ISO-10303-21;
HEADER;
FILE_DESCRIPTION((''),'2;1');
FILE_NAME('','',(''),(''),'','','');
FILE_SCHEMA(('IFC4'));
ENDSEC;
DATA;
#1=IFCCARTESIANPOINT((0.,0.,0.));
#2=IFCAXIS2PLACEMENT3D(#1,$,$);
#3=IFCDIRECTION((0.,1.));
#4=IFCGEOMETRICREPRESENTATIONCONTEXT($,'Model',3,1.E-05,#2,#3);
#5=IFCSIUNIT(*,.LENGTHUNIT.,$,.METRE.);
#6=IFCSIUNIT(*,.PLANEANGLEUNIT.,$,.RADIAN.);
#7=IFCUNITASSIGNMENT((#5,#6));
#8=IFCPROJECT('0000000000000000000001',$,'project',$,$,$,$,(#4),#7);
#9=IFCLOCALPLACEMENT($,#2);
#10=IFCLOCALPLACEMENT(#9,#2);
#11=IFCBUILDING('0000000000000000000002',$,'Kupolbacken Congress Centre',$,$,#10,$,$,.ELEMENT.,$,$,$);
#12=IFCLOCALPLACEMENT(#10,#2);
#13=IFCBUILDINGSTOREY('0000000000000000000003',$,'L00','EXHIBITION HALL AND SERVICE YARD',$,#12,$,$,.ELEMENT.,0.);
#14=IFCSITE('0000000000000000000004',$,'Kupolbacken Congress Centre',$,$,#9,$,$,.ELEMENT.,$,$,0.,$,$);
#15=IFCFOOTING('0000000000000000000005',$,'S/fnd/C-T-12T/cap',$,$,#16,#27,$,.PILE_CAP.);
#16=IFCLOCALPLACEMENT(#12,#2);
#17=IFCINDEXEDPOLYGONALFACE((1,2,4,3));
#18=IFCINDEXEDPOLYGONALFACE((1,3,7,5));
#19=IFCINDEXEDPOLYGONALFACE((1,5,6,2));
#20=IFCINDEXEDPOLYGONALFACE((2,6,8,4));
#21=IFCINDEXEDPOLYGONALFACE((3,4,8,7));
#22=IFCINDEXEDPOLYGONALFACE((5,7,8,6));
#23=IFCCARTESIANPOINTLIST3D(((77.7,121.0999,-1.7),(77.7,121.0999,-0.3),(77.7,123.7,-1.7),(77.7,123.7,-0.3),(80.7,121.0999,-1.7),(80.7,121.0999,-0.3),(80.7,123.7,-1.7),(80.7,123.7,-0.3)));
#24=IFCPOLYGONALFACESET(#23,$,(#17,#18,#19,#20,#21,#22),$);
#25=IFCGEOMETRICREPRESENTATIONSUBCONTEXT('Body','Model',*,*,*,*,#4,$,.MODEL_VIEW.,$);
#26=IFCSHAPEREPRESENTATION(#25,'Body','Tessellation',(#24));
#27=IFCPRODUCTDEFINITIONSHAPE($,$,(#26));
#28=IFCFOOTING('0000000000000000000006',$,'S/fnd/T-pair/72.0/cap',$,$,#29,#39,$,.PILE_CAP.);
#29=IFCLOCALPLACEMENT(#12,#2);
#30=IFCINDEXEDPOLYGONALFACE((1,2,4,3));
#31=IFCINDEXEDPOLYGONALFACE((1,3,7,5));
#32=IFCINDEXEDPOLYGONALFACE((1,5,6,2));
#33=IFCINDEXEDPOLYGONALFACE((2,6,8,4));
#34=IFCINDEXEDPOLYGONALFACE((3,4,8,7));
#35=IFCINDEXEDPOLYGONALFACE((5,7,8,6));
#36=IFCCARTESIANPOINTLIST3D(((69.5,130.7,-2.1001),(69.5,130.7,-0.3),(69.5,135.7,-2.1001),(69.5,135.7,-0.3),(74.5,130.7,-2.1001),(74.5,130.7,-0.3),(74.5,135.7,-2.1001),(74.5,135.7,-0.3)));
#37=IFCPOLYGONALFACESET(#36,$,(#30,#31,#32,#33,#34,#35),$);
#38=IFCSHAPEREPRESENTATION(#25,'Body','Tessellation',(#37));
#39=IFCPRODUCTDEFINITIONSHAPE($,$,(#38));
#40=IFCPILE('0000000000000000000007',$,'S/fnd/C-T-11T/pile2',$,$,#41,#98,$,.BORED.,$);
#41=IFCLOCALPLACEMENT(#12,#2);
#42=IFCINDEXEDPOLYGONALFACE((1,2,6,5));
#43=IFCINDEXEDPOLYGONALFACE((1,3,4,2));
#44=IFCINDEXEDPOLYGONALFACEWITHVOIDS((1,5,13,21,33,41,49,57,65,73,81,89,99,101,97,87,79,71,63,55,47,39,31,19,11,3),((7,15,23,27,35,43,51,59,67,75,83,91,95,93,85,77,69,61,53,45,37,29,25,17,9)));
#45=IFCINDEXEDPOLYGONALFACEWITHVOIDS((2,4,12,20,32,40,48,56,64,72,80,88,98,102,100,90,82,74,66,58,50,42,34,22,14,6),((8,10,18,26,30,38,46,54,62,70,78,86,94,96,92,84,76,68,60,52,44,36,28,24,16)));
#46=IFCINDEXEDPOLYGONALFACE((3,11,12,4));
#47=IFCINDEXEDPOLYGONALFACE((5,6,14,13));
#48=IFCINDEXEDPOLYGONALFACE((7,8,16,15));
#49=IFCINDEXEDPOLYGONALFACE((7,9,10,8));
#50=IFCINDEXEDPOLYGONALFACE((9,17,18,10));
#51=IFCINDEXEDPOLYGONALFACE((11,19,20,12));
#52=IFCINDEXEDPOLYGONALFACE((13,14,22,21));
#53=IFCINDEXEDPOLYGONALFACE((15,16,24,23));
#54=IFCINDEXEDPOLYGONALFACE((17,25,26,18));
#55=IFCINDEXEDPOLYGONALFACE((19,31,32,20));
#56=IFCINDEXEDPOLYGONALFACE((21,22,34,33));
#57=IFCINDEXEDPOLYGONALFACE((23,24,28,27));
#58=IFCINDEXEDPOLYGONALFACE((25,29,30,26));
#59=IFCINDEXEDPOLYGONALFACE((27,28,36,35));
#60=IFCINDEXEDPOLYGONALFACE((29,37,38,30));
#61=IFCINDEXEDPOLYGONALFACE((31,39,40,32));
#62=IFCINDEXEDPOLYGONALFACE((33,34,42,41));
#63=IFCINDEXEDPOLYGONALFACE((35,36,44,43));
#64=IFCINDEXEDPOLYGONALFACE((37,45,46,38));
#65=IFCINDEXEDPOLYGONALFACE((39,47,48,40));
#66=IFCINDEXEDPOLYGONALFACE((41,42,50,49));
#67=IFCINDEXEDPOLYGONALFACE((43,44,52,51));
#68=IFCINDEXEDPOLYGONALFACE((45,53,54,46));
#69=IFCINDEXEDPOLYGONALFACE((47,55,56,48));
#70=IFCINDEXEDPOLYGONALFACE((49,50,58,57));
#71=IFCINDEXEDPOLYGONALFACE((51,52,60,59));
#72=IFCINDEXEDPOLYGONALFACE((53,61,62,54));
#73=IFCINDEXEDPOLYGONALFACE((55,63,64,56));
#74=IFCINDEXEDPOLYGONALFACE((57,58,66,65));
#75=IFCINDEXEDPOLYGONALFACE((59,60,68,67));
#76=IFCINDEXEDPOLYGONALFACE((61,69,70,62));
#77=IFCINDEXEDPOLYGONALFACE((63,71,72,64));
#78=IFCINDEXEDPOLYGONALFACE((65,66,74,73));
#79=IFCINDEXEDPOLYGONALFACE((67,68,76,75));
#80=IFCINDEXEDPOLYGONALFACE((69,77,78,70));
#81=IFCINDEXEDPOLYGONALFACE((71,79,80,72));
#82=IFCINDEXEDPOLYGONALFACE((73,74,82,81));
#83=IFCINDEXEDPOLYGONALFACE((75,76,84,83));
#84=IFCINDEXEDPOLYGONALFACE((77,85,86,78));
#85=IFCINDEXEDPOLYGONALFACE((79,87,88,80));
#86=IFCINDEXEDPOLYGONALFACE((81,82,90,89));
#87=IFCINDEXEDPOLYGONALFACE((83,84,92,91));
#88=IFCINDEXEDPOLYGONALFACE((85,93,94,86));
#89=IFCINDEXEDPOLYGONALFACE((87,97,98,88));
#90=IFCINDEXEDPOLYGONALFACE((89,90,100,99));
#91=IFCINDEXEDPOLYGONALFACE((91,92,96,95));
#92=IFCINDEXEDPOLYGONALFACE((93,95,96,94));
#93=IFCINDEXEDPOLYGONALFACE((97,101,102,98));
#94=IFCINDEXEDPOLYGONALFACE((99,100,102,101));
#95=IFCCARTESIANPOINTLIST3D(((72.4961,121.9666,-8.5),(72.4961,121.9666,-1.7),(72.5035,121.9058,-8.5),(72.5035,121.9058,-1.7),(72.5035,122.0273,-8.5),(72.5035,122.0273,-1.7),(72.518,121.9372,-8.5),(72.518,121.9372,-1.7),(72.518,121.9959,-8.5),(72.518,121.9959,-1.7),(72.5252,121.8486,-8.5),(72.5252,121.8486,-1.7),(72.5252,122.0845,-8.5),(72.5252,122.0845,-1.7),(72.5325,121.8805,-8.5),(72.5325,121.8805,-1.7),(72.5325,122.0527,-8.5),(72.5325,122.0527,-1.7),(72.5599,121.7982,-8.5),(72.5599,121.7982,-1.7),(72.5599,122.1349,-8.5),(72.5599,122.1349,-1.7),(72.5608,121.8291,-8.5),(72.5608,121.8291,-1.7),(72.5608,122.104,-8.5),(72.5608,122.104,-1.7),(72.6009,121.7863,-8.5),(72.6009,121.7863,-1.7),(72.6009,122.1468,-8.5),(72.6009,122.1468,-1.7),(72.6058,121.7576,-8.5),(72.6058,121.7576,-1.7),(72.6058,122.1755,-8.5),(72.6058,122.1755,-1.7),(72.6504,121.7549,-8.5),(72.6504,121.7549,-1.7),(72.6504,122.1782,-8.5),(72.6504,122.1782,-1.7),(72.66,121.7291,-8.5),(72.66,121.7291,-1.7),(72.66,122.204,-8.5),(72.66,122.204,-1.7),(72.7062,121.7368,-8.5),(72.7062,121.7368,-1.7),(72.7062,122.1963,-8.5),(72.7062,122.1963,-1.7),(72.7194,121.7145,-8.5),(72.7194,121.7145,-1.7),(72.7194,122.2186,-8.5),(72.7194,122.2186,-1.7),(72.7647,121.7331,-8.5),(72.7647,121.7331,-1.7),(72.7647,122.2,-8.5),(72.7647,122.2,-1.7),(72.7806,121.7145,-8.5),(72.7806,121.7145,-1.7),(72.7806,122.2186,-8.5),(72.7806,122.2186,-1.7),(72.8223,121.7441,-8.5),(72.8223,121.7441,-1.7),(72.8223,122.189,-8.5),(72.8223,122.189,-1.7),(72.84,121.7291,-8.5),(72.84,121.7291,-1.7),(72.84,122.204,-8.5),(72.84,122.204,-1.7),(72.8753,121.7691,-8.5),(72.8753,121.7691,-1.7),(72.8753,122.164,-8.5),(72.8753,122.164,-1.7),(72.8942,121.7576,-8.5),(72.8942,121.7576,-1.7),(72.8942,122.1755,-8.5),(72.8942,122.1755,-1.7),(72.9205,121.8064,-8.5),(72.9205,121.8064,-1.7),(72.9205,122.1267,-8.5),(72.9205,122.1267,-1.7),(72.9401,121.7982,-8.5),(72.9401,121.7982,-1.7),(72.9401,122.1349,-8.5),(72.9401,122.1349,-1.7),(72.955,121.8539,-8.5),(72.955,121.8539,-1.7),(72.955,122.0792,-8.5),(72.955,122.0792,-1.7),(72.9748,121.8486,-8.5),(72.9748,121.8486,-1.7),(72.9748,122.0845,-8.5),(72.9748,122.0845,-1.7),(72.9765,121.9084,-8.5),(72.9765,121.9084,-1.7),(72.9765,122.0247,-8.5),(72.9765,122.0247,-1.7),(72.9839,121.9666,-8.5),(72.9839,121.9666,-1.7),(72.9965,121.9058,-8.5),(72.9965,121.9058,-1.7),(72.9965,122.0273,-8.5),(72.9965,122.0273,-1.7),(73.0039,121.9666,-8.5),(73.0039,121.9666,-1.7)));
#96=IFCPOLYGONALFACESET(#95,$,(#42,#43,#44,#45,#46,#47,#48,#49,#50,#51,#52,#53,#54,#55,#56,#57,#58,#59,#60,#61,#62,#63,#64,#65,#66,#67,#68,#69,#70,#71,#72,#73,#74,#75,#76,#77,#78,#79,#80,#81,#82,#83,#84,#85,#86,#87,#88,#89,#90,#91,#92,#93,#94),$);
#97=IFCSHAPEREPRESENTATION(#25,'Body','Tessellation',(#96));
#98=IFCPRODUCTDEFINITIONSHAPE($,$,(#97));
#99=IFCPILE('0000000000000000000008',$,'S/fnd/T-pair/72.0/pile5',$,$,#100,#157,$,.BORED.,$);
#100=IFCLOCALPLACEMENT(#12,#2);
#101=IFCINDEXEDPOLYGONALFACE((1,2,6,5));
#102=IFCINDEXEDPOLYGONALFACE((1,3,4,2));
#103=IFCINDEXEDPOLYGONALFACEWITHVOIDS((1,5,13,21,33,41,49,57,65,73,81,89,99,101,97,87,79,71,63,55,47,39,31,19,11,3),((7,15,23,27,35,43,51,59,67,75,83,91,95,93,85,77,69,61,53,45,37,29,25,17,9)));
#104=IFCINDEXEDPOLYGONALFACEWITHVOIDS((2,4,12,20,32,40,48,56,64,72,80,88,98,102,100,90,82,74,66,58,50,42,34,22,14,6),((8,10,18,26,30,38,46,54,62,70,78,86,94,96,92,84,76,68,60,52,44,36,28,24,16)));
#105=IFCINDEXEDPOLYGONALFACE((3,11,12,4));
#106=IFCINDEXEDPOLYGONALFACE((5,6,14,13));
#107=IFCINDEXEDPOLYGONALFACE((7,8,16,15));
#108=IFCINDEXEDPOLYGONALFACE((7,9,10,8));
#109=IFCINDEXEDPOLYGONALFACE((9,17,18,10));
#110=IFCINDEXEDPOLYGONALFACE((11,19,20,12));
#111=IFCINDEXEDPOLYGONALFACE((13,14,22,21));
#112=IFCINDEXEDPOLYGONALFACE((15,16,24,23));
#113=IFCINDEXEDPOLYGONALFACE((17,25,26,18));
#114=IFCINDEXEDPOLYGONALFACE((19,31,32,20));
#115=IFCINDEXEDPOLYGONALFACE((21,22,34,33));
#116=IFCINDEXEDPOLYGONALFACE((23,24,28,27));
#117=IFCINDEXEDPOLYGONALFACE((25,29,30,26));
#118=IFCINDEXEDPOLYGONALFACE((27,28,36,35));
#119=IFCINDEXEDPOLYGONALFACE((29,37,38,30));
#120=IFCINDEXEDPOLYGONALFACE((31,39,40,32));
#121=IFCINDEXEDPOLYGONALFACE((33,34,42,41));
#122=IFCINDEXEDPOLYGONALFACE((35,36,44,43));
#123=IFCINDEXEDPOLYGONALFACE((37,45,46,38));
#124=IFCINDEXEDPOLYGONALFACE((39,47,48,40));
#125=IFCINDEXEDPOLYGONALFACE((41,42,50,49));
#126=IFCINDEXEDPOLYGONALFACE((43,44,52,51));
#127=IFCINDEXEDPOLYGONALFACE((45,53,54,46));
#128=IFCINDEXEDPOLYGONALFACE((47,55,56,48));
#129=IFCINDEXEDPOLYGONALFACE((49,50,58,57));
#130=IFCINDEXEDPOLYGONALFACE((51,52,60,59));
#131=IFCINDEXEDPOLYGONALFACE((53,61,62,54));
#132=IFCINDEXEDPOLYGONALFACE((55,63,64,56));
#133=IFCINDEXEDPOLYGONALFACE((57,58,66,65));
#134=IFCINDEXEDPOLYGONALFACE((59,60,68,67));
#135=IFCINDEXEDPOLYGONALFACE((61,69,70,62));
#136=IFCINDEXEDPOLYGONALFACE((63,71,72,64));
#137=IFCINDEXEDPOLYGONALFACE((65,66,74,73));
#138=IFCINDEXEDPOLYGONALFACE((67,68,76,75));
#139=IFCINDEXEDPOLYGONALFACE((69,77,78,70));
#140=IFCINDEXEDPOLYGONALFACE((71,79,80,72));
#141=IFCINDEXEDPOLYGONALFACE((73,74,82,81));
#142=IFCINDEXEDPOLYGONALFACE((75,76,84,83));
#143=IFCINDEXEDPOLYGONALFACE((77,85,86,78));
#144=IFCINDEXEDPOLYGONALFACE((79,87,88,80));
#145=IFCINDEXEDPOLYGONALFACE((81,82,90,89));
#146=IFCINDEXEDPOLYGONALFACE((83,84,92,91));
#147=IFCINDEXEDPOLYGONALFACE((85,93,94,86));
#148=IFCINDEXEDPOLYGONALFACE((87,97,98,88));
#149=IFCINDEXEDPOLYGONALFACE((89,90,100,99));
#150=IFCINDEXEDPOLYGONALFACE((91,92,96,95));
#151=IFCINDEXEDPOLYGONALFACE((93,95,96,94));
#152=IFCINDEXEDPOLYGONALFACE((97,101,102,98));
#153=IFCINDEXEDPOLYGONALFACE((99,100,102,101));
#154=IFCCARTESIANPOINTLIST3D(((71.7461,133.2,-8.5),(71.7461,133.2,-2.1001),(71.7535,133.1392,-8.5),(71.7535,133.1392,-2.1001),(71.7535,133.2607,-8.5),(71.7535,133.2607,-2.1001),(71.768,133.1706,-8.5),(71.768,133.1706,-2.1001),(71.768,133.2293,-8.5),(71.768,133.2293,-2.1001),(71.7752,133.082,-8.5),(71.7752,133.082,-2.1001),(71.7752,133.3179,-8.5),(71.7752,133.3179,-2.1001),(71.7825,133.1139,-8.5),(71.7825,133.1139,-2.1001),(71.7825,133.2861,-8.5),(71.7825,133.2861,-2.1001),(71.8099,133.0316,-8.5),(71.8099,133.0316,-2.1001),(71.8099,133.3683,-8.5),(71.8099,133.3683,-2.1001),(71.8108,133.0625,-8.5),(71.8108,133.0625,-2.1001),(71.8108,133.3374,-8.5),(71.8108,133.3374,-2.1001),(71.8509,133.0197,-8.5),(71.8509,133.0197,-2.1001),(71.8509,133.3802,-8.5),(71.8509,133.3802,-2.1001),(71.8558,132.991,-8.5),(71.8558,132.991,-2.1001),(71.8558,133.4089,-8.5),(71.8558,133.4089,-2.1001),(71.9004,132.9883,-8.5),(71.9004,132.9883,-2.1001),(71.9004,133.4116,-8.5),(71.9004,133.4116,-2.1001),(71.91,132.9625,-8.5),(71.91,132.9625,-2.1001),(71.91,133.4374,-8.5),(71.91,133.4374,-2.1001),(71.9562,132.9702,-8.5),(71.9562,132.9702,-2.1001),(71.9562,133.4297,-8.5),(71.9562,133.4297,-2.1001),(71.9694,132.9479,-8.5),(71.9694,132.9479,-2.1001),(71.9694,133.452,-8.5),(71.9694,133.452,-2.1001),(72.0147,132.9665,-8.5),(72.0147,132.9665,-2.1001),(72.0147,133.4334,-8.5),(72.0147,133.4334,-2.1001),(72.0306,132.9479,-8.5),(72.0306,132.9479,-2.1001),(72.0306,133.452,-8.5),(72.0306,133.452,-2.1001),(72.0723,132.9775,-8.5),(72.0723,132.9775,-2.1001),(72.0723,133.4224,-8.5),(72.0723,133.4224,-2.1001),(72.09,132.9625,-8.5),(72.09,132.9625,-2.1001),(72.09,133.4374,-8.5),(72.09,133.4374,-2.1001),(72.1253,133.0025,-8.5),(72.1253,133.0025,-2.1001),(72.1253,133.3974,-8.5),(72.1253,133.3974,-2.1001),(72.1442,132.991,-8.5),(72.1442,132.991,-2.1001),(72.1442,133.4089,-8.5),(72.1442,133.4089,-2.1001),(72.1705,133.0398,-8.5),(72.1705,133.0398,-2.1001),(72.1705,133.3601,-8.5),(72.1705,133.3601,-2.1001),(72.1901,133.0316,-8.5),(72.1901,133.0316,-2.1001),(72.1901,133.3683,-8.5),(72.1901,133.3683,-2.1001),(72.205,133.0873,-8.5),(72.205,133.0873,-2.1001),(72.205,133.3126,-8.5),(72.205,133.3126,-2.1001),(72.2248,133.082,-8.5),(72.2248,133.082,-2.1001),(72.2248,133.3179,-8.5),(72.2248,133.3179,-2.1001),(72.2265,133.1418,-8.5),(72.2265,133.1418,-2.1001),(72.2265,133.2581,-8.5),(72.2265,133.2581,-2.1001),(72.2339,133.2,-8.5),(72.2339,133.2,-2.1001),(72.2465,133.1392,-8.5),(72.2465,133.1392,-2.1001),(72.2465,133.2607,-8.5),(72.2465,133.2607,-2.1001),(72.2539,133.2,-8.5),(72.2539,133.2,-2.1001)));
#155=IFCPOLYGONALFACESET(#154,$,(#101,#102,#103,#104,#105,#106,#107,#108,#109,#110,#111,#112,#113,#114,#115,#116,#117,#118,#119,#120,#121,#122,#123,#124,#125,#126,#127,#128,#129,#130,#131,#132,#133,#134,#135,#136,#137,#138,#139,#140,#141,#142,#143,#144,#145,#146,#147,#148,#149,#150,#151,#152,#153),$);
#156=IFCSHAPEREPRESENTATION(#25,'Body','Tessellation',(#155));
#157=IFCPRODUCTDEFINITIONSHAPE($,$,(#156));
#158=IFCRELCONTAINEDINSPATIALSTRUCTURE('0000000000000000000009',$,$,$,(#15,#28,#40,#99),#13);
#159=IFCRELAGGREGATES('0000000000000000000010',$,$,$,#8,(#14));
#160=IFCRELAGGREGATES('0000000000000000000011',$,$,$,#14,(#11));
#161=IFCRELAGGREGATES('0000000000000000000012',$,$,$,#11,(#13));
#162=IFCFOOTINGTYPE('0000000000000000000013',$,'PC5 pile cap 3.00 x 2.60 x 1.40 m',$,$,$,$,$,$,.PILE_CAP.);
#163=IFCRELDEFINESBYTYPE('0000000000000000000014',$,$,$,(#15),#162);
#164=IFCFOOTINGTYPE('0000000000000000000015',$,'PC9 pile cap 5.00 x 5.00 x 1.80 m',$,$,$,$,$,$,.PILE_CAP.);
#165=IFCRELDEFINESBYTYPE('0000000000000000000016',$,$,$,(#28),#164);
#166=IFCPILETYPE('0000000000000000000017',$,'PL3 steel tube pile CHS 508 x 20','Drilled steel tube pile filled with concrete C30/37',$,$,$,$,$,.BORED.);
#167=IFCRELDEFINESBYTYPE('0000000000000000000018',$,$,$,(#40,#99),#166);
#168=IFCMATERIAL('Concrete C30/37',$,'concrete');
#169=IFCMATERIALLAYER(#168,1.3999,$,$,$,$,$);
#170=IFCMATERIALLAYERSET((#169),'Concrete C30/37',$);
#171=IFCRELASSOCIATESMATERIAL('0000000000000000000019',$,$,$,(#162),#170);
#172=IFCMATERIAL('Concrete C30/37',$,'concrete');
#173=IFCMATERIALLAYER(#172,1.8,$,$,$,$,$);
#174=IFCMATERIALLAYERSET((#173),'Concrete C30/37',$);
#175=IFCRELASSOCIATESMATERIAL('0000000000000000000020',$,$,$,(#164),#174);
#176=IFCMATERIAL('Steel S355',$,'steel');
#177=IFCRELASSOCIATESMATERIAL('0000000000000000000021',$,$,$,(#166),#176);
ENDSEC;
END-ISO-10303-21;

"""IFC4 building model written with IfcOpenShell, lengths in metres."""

from ifc_helpers import new_model, si_unit, direction, frame, origin, origin_2d, place, context, subcontext, project, spatial, rectangle, hollow_circle, extrude, material, layer, layer_set, material_profile, profile_set, type_object, element, save


model = new_model("IFC4")

# Units and contexts
model_context = context("Model", 3, precision=1e-05, world=origin(), true_north=direction((0.0, 1.0)))
body_context = subcontext(model_context, "Body", "Model", "MODEL_VIEW")
ifc_project = project(units=[si_unit("LENGTHUNIT", "METRE"), si_unit("PLANEANGLEUNIT", "RADIAN")], contexts=[model_context])

# Site, building, storey
site_placement = place(None, origin())
site = spatial("IfcSite", under=ifc_project, at=site_placement, Name="Kupolbacken Congress Centre", CompositionType="ELEMENT", RefElevation=0.0)
building_placement = place(site_placement, origin())
building = spatial("IfcBuilding", under=site, at=building_placement, Name="Kupolbacken Congress Centre", CompositionType="ELEMENT")
storey_placement = place(building_placement, origin())
storey = spatial("IfcBuildingStorey", under=building, at=storey_placement, Name="L00", Description="EXHIBITION HALL AND SERVICE YARD", CompositionType="ELEMENT", Elevation=0.0)

# Footings
ifc_material_1 = material(Name="Concrete C30/37", Category="concrete")
ifc_layer_1 = layer(ifc_material_1, 1.3999)
ifc_layer_set_1 = layer_set([ifc_layer_1], Name="Concrete C30/37")
footing_type_1 = type_object("IfcFootingType", Name="PC5 pile cap 3.00 x 2.60 x 1.40 m", PredefinedType="PILE_CAP", material=ifc_layer_set_1)
footing_1_placement = place(storey_placement, frame((79.2, 122.3999, -1.7), z_axis=(0.0, 0.0, 1.0), x_axis=(1.0, 0.0, 0.0)))
element("IfcFooting", 1, at=footing_1_placement, inside=storey, type_object=footing_type_1, Name="S/fnd/C-T-12T/cap", PredefinedType="PILE_CAP", context=body_context, shape_type="SweptSolid", body=[
    extrude(rectangle(XDim=3.0, YDim=2.6001, at=origin_2d()), origin(), (0.0, 0.0, 1.0), 1.3999),
])
ifc_material_2 = material(Name="Concrete C30/37", Category="concrete")
ifc_layer_2 = layer(ifc_material_2, 1.8)
ifc_layer_set_2 = layer_set([ifc_layer_2], Name="Concrete C30/37")
footing_type_2 = type_object("IfcFootingType", Name="PC9 pile cap 5.00 x 5.00 x 1.80 m", PredefinedType="PILE_CAP", material=ifc_layer_set_2)
footing_2_placement = place(storey_placement, frame((72.0, 133.2, -2.1001), z_axis=(0.0, 0.0, 1.0), x_axis=(1.0, 0.0, 0.0)))
element("IfcFooting", 2, at=footing_2_placement, inside=storey, type_object=footing_type_2, Name="S/fnd/T-pair/72.0/cap", PredefinedType="PILE_CAP", context=body_context, shape_type="SweptSolid", body=[
    extrude(rectangle(XDim=5.0, YDim=5.0, at=origin_2d()), origin(), (0.0, 0.0, 1.0), 1.8),
])

# Piles
ifc_material_3 = material(Name="Steel S355", Category="steel")
ifc_material_profile_1 = material_profile(ifc_material_3, hollow_circle(Radius=0.2539, WallThickness=0.02, at=origin_2d()), Name="CHS 508 x 20")
ifc_profile_set_1 = profile_set([ifc_material_profile_1], Name="Steel S355")
pile_type = type_object("IfcPileType", Name="PL3 steel tube pile CHS 508 x 20", Description="Drilled steel tube pile filled with concrete C30/37", PredefinedType="BORED", material=ifc_profile_set_1)
pile_placement = place(storey_placement, frame((72.75, 121.9666, -1.7), z_axis=(0.0, 0.0, -1.0), x_axis=(1.0, 0.0, 0.0)))
element("IfcPile", 3, at=pile_placement, inside=storey, type_object=pile_type, Name="S/fnd/C-T-11T/pile2", PredefinedType="BORED", context=body_context, shape_type="SweptSolid", body=[
    extrude(hollow_circle(Radius=0.2539, WallThickness=0.02, at=origin_2d()), origin(), (0.0, 0.0, 1.0), 6.8),
])
for number, where, z_axis, x_axis, name in (
    (4, (72.0, 133.2, -2.1001), (0.0, 0.0, -1.0), (1.0, 0.0, 0.0), "S/fnd/T-pair/72.0/pile5"),
):
    element("IfcPile", number, at=place(storey_placement, frame(where, z_axis=z_axis, x_axis=x_axis)), inside=storey, type_object=pile_type, Name=name, PredefinedType="BORED", context=body_context, shape_type="SweptSolid", body=[
        extrude(hollow_circle(Radius=0.2539, WallThickness=0.02, at=origin_2d()), origin(), (0.0, 0.0, 1.0), 6.3999),
    ])

save(model, "model.ifc")
